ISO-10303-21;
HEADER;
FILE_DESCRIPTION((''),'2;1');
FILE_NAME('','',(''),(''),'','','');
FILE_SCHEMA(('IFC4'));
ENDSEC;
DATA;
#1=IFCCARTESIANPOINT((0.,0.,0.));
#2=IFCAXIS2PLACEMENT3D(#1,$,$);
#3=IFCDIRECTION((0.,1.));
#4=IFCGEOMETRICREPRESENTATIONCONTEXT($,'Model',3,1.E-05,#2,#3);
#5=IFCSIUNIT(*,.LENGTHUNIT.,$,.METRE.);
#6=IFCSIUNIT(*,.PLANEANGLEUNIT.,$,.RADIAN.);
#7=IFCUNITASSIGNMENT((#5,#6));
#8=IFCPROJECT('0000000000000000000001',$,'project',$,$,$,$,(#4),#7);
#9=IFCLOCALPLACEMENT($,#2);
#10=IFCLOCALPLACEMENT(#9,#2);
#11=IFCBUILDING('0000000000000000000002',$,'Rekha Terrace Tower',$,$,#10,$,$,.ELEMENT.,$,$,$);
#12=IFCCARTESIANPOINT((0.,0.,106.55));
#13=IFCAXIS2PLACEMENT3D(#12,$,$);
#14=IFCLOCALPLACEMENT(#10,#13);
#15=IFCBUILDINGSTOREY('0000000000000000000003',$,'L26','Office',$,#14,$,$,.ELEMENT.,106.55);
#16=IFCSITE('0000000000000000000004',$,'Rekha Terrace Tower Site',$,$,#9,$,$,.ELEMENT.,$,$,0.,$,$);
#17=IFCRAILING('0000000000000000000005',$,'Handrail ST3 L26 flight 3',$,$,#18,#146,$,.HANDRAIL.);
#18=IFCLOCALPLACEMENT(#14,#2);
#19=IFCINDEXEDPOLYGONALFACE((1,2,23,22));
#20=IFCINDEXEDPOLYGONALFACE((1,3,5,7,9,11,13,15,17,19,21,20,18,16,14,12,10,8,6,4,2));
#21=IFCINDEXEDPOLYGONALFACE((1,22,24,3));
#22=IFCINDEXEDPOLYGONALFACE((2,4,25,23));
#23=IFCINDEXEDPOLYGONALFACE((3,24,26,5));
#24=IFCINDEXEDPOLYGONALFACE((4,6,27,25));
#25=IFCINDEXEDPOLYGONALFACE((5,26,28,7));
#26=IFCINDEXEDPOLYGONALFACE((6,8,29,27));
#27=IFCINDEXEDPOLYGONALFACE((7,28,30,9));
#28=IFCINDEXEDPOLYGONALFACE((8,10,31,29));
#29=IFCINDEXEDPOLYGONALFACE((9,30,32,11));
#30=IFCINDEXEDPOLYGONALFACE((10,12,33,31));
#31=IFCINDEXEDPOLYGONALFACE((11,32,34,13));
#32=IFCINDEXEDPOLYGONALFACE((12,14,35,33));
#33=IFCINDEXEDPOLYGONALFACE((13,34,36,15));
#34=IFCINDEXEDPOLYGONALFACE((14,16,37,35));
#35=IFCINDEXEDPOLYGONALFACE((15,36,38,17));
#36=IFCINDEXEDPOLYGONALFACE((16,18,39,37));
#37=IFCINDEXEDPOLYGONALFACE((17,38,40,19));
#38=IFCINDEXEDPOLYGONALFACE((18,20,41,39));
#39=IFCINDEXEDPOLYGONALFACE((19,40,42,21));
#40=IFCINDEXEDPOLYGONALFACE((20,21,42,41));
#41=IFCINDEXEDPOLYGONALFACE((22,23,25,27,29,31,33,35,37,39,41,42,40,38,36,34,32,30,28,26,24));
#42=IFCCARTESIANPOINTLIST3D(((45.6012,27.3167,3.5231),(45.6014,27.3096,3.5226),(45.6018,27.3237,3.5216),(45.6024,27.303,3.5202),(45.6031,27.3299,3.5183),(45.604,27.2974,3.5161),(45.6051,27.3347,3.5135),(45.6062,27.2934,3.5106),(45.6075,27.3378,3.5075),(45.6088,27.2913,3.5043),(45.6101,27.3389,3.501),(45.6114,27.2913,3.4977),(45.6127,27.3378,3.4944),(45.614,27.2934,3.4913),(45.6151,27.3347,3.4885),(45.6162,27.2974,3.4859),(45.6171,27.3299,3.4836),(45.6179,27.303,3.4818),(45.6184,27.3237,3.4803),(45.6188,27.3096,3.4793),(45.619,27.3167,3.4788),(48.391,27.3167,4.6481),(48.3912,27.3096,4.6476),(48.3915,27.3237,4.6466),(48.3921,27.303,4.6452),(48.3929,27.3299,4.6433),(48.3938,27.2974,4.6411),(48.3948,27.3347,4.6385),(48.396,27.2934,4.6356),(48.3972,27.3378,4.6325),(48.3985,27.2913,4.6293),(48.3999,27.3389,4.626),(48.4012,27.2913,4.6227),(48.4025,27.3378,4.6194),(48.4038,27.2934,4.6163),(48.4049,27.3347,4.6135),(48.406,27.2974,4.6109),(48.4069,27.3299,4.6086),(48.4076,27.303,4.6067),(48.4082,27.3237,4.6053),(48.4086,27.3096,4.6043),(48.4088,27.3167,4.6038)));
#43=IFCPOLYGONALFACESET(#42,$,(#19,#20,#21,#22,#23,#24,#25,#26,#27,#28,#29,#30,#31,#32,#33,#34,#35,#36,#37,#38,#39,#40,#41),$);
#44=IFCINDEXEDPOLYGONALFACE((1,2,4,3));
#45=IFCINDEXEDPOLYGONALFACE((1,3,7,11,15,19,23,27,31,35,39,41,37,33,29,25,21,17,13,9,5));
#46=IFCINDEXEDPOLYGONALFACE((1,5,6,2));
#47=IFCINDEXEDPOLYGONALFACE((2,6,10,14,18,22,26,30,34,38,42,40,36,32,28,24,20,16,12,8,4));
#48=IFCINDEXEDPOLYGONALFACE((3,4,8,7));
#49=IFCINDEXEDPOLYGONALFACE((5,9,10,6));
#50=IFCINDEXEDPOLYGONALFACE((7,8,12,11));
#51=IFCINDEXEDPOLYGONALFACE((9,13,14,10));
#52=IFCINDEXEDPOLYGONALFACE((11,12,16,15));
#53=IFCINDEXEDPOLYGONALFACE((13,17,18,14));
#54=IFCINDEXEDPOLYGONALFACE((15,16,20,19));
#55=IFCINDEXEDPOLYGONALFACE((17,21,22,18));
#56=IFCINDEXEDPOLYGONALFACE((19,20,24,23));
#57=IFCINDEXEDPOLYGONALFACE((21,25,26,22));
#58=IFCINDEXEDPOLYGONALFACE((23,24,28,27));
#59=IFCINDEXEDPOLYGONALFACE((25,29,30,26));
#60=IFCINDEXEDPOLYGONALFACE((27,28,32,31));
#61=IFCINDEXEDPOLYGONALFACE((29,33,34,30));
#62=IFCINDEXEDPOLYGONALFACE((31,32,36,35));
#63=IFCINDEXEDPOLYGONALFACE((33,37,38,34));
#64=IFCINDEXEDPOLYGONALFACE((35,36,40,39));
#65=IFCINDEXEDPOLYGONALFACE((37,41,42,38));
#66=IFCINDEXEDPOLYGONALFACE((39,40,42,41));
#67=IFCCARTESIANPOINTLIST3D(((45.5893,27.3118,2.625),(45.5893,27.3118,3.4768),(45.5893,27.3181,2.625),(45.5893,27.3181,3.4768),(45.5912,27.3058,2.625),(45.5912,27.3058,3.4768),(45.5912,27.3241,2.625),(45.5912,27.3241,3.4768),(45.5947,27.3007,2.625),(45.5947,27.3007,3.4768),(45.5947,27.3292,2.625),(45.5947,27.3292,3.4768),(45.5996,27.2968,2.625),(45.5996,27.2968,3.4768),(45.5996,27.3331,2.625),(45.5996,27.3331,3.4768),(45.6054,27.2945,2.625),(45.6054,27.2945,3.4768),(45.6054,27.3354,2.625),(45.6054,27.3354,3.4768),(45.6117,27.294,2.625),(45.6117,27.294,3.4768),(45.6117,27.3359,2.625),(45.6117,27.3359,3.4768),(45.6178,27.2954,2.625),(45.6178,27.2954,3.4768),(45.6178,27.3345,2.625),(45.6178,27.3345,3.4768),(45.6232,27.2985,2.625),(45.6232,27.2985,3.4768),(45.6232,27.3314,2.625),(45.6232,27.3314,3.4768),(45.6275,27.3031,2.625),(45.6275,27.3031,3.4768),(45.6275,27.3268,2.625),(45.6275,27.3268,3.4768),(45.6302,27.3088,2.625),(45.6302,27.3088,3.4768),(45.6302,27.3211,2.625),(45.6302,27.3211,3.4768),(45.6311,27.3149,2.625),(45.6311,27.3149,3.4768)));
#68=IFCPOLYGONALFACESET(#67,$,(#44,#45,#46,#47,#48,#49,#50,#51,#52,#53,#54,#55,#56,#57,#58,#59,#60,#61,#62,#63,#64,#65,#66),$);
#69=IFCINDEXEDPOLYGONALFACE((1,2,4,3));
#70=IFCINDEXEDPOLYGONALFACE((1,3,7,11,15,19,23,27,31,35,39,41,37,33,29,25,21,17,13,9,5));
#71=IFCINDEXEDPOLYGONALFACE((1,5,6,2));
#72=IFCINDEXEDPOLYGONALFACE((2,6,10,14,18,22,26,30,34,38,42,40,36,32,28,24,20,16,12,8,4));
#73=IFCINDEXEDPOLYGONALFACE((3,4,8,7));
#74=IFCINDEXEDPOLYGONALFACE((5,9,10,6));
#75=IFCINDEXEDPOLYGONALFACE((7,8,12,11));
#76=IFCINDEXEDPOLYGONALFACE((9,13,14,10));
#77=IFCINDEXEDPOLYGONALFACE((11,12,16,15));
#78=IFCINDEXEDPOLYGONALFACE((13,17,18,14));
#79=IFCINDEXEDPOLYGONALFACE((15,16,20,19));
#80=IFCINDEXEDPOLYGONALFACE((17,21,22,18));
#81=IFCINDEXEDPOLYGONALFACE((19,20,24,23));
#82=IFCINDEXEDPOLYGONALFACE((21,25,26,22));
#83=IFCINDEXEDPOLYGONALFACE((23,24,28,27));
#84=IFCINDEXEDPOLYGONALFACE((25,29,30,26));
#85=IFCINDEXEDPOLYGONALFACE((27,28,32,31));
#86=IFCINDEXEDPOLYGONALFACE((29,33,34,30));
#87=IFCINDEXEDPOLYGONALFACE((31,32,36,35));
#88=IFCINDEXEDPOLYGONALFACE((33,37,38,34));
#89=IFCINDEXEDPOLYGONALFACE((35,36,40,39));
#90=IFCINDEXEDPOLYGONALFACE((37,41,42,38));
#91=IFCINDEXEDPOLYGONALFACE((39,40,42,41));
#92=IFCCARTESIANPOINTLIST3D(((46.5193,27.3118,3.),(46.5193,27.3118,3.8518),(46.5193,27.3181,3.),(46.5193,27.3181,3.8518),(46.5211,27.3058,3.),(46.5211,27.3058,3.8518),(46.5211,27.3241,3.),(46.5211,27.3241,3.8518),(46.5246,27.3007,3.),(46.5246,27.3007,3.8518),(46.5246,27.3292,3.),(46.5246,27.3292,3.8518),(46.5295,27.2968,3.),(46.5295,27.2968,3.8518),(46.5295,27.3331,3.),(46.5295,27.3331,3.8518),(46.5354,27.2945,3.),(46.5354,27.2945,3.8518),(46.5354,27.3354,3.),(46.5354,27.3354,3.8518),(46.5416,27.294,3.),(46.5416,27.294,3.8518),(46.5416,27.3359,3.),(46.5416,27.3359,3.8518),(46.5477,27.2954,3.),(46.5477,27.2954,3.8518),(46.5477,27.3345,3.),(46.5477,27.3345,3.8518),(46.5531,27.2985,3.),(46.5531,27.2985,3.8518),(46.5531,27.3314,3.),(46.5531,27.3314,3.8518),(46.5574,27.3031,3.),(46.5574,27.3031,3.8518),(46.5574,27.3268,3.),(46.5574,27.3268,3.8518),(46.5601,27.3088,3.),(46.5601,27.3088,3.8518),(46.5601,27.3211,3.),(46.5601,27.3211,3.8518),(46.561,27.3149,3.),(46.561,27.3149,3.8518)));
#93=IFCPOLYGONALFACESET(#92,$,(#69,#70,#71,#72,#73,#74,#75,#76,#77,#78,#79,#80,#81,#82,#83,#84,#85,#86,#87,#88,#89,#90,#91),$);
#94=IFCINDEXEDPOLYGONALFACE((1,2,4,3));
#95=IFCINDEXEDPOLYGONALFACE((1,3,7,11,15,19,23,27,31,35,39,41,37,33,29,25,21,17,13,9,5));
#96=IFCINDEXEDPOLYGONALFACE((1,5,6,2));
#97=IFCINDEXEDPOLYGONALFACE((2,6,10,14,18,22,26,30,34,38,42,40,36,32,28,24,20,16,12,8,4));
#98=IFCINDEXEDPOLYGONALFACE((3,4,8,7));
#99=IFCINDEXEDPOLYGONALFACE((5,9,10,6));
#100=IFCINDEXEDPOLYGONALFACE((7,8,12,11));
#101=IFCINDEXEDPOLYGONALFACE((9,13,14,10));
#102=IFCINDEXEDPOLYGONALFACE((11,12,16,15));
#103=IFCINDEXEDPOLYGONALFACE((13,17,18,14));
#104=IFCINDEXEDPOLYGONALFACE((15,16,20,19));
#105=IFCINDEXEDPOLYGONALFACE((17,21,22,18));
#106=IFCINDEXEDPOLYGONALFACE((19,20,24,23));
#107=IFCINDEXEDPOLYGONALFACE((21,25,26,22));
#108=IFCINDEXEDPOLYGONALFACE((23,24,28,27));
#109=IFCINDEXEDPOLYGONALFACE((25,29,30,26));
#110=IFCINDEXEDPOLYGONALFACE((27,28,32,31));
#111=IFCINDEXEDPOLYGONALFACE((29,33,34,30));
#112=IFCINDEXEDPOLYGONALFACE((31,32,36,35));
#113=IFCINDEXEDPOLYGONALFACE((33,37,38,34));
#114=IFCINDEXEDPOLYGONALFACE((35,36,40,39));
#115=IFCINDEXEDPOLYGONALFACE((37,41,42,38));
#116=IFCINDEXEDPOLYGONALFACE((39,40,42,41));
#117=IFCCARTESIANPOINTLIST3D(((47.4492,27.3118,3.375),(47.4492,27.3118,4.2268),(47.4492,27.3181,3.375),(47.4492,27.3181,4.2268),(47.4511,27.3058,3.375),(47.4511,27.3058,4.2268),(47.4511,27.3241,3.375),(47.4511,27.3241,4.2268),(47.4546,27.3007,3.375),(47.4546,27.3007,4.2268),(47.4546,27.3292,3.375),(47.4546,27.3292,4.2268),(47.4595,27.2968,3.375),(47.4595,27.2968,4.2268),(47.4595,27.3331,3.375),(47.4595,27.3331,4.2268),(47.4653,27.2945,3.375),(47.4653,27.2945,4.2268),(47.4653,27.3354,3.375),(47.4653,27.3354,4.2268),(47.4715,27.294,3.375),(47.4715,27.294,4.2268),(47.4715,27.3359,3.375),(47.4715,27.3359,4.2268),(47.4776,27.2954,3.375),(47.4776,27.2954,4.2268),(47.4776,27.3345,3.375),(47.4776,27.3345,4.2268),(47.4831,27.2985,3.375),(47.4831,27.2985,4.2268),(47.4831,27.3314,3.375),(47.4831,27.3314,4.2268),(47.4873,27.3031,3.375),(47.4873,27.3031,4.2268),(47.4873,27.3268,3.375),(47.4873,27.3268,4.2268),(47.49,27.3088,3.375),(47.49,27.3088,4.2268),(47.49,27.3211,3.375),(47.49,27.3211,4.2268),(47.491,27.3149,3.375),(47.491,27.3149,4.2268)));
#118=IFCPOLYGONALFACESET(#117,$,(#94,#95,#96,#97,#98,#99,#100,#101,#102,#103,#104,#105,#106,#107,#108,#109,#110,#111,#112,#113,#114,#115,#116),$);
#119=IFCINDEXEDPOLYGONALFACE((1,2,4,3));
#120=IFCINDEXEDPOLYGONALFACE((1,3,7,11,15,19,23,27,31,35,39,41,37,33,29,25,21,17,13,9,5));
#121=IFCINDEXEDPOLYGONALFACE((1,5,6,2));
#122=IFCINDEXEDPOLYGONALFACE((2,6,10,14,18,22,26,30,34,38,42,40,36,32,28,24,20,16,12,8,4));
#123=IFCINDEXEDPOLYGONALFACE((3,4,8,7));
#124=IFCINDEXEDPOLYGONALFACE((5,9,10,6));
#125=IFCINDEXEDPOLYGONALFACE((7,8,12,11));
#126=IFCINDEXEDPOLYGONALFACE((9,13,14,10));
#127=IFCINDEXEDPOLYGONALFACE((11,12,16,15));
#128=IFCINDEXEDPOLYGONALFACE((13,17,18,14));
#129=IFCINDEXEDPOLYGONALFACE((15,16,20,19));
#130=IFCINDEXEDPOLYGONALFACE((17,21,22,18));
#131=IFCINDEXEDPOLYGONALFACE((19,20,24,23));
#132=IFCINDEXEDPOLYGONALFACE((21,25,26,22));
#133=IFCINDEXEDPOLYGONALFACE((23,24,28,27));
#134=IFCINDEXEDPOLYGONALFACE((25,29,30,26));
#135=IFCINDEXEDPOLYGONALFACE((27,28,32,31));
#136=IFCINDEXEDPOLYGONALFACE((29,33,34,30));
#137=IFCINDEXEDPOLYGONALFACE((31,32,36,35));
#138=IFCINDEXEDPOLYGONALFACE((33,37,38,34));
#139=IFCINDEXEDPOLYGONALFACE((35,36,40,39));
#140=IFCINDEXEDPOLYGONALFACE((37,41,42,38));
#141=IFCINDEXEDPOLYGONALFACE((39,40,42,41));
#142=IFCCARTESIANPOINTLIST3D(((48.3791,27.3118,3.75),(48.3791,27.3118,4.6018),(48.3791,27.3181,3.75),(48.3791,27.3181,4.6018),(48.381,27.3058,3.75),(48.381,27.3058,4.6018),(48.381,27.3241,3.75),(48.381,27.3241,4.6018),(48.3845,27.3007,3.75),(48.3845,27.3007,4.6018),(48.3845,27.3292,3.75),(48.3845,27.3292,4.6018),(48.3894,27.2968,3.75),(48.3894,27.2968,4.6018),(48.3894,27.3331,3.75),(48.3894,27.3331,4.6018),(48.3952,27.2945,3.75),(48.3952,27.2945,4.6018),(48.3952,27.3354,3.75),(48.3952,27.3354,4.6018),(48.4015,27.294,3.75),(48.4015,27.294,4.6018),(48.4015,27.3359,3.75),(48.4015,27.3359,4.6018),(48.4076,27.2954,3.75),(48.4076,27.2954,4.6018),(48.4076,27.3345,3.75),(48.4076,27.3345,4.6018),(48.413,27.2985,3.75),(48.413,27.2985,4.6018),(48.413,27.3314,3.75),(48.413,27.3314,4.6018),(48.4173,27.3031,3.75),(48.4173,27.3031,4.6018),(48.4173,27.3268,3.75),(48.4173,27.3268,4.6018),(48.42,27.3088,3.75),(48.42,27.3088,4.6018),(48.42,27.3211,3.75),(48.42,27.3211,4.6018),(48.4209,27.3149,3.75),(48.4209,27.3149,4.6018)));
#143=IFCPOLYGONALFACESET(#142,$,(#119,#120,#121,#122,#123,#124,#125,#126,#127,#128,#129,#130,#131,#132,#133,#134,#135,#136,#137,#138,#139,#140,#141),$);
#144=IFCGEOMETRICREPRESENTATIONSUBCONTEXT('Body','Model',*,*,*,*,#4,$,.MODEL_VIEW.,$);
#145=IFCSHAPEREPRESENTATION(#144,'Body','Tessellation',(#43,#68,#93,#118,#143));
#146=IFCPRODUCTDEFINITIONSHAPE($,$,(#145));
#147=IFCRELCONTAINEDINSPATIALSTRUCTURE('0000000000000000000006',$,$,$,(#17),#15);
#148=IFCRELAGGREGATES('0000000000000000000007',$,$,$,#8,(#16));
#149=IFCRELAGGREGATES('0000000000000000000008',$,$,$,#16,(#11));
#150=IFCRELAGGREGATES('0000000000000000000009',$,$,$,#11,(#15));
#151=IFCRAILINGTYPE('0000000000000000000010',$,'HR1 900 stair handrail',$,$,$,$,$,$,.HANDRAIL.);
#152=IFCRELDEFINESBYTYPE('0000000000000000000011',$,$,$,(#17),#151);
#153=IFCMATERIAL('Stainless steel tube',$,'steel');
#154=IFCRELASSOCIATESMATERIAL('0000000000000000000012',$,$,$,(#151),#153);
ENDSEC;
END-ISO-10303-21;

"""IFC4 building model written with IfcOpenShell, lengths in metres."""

from ifc_helpers import new_model, si_unit, direction, frame, origin, origin_2d, place, context, subcontext, project, spatial, circle, extrude, material, type_object, element, save


model = new_model("IFC4")

# Units and contexts
model_context = context("Model", 3, precision=1e-05, world=origin(), true_north=direction((0.0, 1.0)))
body_context = subcontext(model_context, "Body", "Model", "MODEL_VIEW")
ifc_project = project(units=[si_unit("LENGTHUNIT", "METRE"), si_unit("PLANEANGLEUNIT", "RADIAN")], contexts=[model_context])

# Site, building, storey
site_placement = place(None, origin())
site = spatial("IfcSite", under=ifc_project, at=site_placement, Name="Rekha Terrace Tower Site", CompositionType="ELEMENT", RefElevation=0.0)
building_placement = place(site_placement, origin())
building = spatial("IfcBuilding", under=site, at=building_placement, Name="Rekha Terrace Tower", CompositionType="ELEMENT")
storey_placement = place(building_placement, frame((0.0, 0.0, 106.55)))
storey = spatial("IfcBuildingStorey", under=building, at=storey_placement, Name="L26", Description="Office", CompositionType="ELEMENT", Elevation=106.55)

# Railing
ifc_material_1 = material(Name="Stainless steel tube", Category="steel")
railing_type_1 = type_object("IfcRailingType", Name="HR1 900 stair handrail", PredefinedType="HANDRAIL", material=ifc_material_1)
railing_1_placement = place(storey_placement, frame((45.6101, 27.3149, 2.625)))
element("IfcRailing", 1, at=railing_1_placement, inside=storey, type_object=railing_type_1, Name="Handrail ST3 L26 flight 3", PredefinedType="HANDRAIL", context=body_context, shape_type="SweptSolid", body=[
    extrude(circle(Radius=0.0239, at=origin_2d()), frame((0.0, 0.0, 0.876), z_axis=(0.927432, 0.0, 0.373992), x_axis=(0.0, 1.0, 0.0)), (0.0, 0.0, 1.0), 3.0081),
    extrude(circle(Radius=0.021, at=origin_2d()), origin(), (0.0, 0.0, 1.0), 0.8518),
    extrude(circle(Radius=0.021, at=origin_2d()), frame((0.9299, 0.0, 0.375)), (0.0, 0.0, 1.0), 0.8518),
    extrude(circle(Radius=0.021, at=origin_2d()), frame((1.8599, 0.0, 0.75)), (0.0, 0.0, 1.0), 0.8518),
    extrude(circle(Radius=0.021, at=origin_2d()), frame((2.7898, 0.0, 1.125)), (0.0, 0.0, 1.0), 0.8518),
])

save(model, "model.ifc")
